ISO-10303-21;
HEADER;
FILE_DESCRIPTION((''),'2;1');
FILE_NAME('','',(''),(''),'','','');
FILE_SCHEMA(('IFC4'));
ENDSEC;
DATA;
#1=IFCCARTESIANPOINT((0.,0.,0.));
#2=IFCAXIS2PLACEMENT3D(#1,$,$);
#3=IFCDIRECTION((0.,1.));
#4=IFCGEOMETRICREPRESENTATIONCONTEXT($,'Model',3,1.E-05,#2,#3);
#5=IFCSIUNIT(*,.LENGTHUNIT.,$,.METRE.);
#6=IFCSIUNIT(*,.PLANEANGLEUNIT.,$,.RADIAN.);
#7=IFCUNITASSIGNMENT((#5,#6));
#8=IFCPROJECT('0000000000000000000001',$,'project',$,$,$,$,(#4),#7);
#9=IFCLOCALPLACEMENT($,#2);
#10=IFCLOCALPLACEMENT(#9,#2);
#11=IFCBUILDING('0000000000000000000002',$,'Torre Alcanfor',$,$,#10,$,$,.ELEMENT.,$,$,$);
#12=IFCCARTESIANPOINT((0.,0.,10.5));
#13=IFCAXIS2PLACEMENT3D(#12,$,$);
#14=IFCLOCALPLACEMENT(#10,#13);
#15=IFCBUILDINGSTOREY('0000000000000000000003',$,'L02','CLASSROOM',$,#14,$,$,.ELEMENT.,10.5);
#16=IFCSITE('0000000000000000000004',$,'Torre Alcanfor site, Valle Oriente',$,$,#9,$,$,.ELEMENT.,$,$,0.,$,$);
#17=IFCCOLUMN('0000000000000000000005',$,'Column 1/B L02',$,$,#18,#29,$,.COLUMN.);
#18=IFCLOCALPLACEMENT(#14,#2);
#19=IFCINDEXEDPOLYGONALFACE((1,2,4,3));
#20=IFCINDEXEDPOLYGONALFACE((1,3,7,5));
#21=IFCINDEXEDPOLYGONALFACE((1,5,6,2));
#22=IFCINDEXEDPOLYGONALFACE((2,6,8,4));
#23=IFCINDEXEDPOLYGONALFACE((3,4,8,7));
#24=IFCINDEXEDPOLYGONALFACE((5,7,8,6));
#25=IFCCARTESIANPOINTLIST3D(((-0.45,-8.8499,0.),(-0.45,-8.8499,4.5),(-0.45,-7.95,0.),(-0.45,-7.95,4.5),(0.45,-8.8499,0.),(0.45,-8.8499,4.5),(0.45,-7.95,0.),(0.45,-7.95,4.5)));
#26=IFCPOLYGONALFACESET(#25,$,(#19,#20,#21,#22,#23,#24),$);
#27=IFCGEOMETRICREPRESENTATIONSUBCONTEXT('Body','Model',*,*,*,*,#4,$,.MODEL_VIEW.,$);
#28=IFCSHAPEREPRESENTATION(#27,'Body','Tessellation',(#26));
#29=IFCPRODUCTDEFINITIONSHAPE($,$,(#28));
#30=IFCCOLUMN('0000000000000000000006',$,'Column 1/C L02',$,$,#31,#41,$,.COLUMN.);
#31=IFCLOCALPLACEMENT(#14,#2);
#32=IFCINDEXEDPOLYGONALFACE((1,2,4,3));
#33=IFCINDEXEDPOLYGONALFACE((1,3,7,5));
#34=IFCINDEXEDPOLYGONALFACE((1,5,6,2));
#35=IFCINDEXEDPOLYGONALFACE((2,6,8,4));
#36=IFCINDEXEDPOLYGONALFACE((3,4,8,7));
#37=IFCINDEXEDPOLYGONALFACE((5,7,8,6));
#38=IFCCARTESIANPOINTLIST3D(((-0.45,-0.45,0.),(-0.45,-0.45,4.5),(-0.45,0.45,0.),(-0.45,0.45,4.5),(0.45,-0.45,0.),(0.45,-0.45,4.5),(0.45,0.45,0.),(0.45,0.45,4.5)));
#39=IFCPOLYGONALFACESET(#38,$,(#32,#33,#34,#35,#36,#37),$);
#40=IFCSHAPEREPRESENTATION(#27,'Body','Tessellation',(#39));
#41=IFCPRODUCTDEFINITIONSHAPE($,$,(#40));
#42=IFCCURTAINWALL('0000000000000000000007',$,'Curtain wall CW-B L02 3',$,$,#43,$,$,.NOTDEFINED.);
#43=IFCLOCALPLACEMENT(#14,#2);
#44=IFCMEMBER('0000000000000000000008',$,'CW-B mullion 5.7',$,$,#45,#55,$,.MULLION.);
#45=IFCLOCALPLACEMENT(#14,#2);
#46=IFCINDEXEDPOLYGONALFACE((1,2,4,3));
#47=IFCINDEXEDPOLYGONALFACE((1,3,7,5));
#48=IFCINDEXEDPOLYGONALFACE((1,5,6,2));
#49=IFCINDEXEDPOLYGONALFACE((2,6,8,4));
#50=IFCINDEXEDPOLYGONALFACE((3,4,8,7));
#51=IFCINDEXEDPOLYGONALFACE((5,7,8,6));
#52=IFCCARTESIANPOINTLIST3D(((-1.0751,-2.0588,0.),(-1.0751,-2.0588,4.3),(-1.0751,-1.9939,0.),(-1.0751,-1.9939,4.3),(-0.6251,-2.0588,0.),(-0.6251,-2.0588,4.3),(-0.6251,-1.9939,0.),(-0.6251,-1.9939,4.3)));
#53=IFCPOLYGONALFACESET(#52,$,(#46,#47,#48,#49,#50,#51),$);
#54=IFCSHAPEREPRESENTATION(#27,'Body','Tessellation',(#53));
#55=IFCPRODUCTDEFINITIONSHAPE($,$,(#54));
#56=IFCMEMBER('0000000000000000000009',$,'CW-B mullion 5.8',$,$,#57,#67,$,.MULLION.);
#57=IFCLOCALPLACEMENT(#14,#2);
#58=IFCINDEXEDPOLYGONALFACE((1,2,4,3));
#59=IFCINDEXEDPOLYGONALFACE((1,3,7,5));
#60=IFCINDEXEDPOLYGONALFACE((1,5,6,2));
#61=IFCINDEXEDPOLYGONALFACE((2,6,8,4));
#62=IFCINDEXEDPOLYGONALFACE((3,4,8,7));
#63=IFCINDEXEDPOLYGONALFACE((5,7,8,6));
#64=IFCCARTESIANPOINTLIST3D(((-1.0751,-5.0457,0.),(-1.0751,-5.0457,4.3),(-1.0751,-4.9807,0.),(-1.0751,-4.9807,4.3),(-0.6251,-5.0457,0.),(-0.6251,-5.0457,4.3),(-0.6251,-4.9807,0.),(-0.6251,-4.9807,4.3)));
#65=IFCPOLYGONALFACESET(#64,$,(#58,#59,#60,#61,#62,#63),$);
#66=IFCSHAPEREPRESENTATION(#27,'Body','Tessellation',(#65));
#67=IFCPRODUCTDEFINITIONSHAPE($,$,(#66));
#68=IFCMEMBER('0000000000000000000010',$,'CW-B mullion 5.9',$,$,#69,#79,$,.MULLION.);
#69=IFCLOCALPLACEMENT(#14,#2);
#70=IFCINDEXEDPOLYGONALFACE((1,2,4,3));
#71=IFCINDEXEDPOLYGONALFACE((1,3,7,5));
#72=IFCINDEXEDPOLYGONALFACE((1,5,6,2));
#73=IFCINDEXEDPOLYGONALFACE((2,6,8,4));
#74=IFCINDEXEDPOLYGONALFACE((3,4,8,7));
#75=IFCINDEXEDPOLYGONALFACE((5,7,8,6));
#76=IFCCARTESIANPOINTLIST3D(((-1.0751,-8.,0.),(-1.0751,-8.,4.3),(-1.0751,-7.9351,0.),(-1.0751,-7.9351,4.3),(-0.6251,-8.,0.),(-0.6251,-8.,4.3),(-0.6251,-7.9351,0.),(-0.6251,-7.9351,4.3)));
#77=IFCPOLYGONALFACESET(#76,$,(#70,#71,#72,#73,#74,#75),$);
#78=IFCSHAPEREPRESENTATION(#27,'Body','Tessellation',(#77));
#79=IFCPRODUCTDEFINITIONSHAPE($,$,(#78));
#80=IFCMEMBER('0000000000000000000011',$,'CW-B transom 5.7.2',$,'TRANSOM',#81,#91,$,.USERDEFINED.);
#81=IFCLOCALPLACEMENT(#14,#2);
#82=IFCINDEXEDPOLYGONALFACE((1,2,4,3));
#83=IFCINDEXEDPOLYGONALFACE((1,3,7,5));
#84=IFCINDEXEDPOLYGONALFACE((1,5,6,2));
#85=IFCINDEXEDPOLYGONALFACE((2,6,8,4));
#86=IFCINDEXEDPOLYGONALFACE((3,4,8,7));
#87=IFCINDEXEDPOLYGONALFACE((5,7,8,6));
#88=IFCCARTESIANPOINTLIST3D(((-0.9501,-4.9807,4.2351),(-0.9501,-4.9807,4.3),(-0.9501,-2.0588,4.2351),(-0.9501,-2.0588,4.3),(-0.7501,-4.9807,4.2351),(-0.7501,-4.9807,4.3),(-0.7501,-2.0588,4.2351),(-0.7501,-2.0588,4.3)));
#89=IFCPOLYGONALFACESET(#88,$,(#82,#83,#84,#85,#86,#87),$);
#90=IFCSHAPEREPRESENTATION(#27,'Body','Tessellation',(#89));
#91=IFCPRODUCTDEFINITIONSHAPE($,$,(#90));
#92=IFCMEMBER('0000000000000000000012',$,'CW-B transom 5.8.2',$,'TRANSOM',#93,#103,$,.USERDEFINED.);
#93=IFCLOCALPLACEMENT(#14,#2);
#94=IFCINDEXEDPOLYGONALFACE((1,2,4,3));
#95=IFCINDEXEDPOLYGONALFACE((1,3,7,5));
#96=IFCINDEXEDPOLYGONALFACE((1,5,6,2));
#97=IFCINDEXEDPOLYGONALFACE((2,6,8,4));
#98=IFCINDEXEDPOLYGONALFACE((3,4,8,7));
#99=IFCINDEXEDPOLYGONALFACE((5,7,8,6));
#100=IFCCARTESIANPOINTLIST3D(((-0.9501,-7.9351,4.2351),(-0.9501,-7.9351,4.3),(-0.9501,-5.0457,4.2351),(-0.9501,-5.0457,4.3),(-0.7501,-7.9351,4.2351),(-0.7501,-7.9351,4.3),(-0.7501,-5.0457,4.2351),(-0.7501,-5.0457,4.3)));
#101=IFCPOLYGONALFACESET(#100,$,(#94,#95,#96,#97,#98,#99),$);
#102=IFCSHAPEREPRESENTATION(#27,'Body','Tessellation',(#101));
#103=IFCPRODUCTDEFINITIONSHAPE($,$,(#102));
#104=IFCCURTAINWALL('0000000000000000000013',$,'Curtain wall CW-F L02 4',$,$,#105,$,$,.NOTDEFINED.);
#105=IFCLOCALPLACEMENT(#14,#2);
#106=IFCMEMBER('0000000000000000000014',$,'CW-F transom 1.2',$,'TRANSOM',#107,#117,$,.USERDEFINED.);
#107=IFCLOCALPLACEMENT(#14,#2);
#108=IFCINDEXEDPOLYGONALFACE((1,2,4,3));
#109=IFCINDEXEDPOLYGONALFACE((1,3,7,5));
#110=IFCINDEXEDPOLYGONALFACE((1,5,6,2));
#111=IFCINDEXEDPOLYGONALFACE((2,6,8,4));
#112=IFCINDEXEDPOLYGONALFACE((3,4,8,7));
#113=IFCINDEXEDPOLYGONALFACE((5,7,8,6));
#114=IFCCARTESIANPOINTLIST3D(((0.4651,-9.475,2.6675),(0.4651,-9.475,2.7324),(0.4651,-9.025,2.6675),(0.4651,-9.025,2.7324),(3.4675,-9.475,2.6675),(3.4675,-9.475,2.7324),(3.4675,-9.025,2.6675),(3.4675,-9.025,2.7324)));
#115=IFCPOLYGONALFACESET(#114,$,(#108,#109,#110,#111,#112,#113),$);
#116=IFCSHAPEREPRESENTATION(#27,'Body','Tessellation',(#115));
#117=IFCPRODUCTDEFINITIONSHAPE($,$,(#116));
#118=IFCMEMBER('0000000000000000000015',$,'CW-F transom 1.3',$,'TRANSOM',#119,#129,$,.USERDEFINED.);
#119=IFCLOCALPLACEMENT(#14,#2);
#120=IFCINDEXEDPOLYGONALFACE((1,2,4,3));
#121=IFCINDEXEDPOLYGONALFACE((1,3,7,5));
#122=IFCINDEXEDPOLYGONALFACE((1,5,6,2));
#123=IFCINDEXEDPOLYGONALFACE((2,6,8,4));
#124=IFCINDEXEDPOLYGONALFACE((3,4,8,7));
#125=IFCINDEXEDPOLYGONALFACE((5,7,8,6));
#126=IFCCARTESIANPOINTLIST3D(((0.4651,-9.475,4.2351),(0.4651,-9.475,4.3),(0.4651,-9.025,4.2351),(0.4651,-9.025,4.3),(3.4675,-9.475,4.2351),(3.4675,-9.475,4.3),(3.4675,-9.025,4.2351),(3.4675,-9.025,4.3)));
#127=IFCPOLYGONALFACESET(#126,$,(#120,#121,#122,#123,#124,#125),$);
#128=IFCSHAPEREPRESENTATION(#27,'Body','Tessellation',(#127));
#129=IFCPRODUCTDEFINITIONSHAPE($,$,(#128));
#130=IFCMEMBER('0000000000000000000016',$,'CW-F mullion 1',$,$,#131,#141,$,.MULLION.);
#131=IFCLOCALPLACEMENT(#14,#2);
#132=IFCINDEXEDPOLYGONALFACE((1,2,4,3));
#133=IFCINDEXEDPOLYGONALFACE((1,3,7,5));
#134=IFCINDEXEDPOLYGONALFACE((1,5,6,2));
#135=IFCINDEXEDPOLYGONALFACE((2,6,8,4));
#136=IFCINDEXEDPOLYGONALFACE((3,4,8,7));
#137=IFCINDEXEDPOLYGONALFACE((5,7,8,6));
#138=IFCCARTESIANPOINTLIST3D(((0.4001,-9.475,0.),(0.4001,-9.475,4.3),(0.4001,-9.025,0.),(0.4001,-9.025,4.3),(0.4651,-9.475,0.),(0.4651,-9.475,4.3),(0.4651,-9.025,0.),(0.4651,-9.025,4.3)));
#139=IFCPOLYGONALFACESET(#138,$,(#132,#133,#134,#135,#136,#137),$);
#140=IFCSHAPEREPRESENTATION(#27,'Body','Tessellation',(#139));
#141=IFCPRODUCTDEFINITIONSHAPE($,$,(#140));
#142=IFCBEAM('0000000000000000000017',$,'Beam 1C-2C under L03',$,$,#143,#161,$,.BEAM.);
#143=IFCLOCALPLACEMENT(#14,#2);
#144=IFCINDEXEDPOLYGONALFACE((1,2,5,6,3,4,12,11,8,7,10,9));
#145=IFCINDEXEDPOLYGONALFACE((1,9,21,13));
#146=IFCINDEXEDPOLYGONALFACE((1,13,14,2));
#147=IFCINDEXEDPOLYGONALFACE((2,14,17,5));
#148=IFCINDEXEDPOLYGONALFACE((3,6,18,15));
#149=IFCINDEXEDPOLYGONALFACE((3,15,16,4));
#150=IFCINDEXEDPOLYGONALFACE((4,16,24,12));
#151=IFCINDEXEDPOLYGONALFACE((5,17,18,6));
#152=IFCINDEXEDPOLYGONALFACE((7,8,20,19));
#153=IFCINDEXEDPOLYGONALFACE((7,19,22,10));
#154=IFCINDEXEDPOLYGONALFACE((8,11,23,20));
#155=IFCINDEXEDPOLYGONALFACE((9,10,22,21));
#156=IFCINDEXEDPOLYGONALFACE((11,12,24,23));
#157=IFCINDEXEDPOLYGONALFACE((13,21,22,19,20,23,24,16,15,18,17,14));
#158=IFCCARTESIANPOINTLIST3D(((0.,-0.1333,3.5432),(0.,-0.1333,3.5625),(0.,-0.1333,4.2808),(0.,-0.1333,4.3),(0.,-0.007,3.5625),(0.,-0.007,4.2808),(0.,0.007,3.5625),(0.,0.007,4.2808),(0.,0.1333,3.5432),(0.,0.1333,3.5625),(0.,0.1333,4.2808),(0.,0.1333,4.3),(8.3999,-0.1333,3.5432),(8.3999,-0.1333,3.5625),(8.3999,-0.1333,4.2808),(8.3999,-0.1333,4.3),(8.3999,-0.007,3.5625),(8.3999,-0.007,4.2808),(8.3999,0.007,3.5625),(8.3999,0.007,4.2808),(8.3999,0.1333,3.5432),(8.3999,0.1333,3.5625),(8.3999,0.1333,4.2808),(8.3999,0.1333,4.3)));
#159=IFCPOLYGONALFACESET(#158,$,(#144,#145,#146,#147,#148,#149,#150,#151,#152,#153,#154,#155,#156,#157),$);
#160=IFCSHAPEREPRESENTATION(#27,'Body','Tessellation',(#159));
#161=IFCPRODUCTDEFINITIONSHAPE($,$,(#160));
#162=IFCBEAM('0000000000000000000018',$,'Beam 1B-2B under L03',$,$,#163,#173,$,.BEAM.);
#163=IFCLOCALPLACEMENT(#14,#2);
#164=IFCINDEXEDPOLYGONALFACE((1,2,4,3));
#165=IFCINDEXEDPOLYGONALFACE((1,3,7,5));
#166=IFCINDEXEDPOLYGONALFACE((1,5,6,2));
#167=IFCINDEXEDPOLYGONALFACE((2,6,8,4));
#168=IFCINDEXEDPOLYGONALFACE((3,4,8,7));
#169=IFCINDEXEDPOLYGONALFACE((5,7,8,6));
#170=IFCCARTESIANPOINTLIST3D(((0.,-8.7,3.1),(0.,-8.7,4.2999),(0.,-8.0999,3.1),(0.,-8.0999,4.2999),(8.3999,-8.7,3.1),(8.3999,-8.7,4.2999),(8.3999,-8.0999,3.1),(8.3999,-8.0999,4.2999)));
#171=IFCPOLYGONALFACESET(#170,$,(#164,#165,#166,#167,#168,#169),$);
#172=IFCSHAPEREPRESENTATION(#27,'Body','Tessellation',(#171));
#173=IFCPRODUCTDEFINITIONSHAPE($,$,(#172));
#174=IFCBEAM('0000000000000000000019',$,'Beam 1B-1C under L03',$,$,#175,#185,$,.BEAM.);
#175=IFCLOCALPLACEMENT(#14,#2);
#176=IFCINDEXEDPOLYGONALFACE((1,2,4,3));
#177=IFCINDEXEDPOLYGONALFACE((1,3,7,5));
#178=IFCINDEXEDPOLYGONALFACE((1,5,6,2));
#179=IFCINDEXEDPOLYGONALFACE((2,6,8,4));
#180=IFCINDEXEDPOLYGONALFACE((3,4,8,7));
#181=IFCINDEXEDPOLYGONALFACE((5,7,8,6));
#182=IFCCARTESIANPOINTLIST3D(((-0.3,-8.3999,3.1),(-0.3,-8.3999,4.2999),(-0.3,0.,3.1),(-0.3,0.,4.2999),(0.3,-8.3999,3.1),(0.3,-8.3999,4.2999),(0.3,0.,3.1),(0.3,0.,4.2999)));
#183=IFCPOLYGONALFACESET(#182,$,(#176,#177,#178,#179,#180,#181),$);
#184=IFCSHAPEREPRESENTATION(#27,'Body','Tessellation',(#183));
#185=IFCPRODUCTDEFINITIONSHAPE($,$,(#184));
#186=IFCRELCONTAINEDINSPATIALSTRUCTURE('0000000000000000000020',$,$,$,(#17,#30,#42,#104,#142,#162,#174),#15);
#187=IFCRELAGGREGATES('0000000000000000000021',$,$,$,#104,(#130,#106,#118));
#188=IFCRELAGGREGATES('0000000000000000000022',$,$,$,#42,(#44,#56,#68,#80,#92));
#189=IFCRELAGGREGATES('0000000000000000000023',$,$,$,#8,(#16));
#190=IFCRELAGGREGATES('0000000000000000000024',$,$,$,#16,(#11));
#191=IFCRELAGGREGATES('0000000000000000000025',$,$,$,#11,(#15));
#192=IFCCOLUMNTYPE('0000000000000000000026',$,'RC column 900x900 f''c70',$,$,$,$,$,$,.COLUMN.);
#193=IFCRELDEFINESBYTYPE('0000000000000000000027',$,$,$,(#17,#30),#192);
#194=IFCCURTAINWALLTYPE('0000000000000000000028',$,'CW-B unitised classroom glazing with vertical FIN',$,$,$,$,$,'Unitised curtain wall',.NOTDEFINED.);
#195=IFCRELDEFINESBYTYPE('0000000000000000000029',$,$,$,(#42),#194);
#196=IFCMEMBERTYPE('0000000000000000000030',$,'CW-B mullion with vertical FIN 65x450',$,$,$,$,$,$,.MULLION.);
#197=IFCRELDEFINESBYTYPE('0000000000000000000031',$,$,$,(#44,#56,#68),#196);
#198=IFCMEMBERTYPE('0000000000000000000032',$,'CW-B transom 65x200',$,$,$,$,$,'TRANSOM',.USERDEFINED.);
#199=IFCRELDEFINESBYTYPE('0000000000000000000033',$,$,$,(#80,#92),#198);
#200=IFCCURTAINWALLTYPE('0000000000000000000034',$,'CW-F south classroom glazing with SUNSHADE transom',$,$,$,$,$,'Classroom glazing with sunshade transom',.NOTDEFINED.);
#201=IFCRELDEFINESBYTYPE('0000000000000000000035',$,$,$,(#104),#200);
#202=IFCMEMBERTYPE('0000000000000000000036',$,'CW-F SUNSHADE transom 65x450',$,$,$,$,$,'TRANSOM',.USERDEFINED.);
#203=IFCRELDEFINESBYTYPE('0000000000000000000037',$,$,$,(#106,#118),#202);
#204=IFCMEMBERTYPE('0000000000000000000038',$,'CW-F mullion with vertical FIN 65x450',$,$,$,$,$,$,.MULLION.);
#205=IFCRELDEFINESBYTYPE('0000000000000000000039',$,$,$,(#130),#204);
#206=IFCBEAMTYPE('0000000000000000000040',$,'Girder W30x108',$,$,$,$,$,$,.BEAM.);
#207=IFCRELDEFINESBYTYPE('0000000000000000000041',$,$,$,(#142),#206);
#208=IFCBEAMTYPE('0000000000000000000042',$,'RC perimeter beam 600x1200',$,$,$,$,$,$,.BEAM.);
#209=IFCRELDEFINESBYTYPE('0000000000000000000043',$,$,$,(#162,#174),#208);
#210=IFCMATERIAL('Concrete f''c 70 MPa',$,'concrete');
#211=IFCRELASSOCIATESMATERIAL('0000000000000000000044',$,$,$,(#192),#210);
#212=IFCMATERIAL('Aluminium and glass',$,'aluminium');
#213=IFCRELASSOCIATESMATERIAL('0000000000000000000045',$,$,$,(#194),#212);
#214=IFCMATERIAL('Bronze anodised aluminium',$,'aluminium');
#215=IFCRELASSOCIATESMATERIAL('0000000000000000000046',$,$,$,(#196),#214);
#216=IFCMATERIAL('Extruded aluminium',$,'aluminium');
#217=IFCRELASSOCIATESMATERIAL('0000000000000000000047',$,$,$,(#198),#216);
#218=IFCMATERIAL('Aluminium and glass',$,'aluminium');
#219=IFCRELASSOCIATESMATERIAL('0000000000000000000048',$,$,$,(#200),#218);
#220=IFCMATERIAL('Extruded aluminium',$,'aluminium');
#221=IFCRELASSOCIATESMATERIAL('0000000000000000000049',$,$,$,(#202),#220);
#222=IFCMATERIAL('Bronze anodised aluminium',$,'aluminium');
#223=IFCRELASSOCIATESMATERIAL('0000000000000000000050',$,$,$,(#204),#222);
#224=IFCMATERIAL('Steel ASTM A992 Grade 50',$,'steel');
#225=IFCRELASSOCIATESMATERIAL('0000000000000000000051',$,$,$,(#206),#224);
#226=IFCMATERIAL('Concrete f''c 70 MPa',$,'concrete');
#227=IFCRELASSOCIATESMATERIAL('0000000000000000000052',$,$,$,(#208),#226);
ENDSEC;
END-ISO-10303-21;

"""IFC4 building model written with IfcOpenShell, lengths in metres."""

from ifc_helpers import new_model, si_unit, direction, frame, origin, origin_2d, place, context, subcontext, project, spatial, rectangle, i_section, extrude, material, material_profile, profile_set, type_object, element, aggregate, save


model = new_model("IFC4")

# Units and contexts
model_context = context("Model", 3, precision=1e-05, world=origin(), true_north=direction((0.0, 1.0)))
body_context = subcontext(model_context, "Body", "Model", "MODEL_VIEW")
ifc_project = project(units=[si_unit("LENGTHUNIT", "METRE"), si_unit("PLANEANGLEUNIT", "RADIAN")], contexts=[model_context])

# Site, building, storey
site_placement = place(None, origin())
site = spatial("IfcSite", under=ifc_project, at=site_placement, Name="Torre Alcanfor site, Valle Oriente", CompositionType="ELEMENT", RefElevation=0.0)
building_placement = place(site_placement, origin())
building = spatial("IfcBuilding", under=site, at=building_placement, Name="Torre Alcanfor", CompositionType="ELEMENT")
storey_placement = place(building_placement, frame((0.0, 0.0, 10.5)))
storey = spatial("IfcBuildingStorey", under=building, at=storey_placement, Name="L02", Description="CLASSROOM", CompositionType="ELEMENT", Elevation=10.5)

# Columns
ifc_material_1 = material(Name="Concrete f'c 70 MPa", Category="concrete")
ifc_material_profile_1 = material_profile(ifc_material_1, rectangle(XDim=0.8999, YDim=0.8999, at=origin_2d()), Name="900x900")
ifc_profile_set_1 = profile_set([ifc_material_profile_1], Name="Concrete f'c 70 MPa")
column_type = type_object("IfcColumnType", Name="RC column 900x900 f'c70", PredefinedType="COLUMN", material=ifc_profile_set_1)
for number, where, z_axis, x_axis, name in (
    (1, (0.0, -8.3999, 0.0), (0.0, 0.0, 1.0), (1.0, 0.0, 0.0), "Column 1/B L02"),
    (2, (0.0, 0.0, 0.0), (0.0, 0.0, 1.0), (1.0, 0.0, 0.0), "Column 1/C L02"),
):
    element("IfcColumn", number, at=place(storey_placement, frame(where, z_axis=z_axis, x_axis=x_axis)), inside=storey, type_object=column_type, Name=name, PredefinedType="COLUMN", context=body_context, shape_type="SweptSolid", body=[
        extrude(rectangle(XDim=0.8999, YDim=0.8999, at=origin_2d()), origin(), (0.0, 0.0, 1.0), 4.5),
    ])

# Curtain walls, members
ifc_material_2 = material(Name="Aluminium and glass", Category="aluminium")
curtain_wall_type_1 = type_object("IfcCurtainWallType", Name="CW-B unitised classroom glazing with vertical FIN", ElementType="Unitised curtain wall", PredefinedType="NOTDEFINED", material=ifc_material_2)
curtain_wall_1_placement = place(storey_placement, origin())
curtain_wall_1 = element("IfcCurtainWall", 3, at=curtain_wall_1_placement, inside=storey, type_object=curtain_wall_type_1, Name="Curtain wall CW-B L02 3", PredefinedType="NOTDEFINED")
ifc_material_3 = material(Name="Bronze anodised aluminium", Category="aluminium")
ifc_material_profile_2 = material_profile(ifc_material_3, rectangle(XDim=0.45, YDim=0.0649, at=origin_2d()), Name="CW-B mullion 65x450")
ifc_profile_set_2 = profile_set([ifc_material_profile_2], Name="Bronze anodised aluminium")
member_type_1 = type_object("IfcMemberType", Name="CW-B mullion with vertical FIN 65x450", PredefinedType="MULLION", material=ifc_profile_set_2)
member_1_placement = place(storey_placement, frame((-0.8501, -2.0264, 0.0), z_axis=(0.0, 0.0, 1.0), x_axis=(1.0, 0.0, 0.0)))
member_1 = element("IfcMember", 4, at=member_1_placement, type_object=member_type_1, Name="CW-B mullion 5.7", PredefinedType="MULLION", context=body_context, shape_type="SweptSolid", body=[
    extrude(rectangle(XDim=0.45, YDim=0.0649, at=origin_2d()), origin(), (0.0, 0.0, 1.0), 4.3),
])
member_2_placement = place(storey_placement, frame((-0.8501, -5.0132, 0.0), z_axis=(0.0, 0.0, 1.0), x_axis=(1.0, 0.0, 0.0)))
member_2 = element("IfcMember", 5, at=member_2_placement, type_object=member_type_1, Name="CW-B mullion 5.8", PredefinedType="MULLION", context=body_context, shape_type="SweptSolid", body=[
    extrude(rectangle(XDim=0.45, YDim=0.0649, at=origin_2d()), origin(), (0.0, 0.0, 1.0), 4.3),
])
member_3_placement = place(storey_placement, frame((-0.8501, -7.9675, 0.0), z_axis=(0.0, 0.0, 1.0), x_axis=(1.0, 0.0, 0.0)))
member_3 = element("IfcMember", 6, at=member_3_placement, type_object=member_type_1, Name="CW-B mullion 5.9", PredefinedType="MULLION", context=body_context, shape_type="SweptSolid", body=[
    extrude(rectangle(XDim=0.45, YDim=0.0649, at=origin_2d()), origin(), (0.0, 0.0, 1.0), 4.3),
])
ifc_material_4 = material(Name="Extruded aluminium", Category="aluminium")
ifc_material_profile_3 = material_profile(ifc_material_4, rectangle(XDim=0.2, YDim=0.0649, at=origin_2d()), Name="CW-B transom 200x65")
ifc_profile_set_3 = profile_set([ifc_material_profile_3], Name="Extruded aluminium")
member_type_2 = type_object("IfcMemberType", Name="CW-B transom 65x200", ElementType="TRANSOM", PredefinedType="USERDEFINED", material=ifc_profile_set_3)
member_4_placement = place(storey_placement, frame((-0.8501, -2.0588, 4.2676), z_axis=(0.0, -1.0, 0.0), x_axis=(1.0, 0.0, 0.0)))
member_4 = element("IfcMember", 7, at=member_4_placement, type_object=member_type_2, Name="CW-B transom 5.7.2", ObjectType="TRANSOM", PredefinedType="USERDEFINED", context=body_context, shape_type="SweptSolid", body=[
    extrude(rectangle(XDim=0.2, YDim=0.0649, at=origin_2d()), origin(), (0.0, 0.0, 1.0), 2.9219),
])
member_5_placement = place(storey_placement, frame((-0.8501, -5.0457, 4.2676), z_axis=(0.0, -1.0, 0.0), x_axis=(1.0, 0.0, 0.0)))
member_5 = element("IfcMember", 8, at=member_5_placement, type_object=member_type_2, Name="CW-B transom 5.8.2", ObjectType="TRANSOM", PredefinedType="USERDEFINED", context=body_context, shape_type="SweptSolid", body=[
    extrude(rectangle(XDim=0.2, YDim=0.0649, at=origin_2d()), origin(), (0.0, 0.0, 1.0), 2.8894),
])
ifc_material_5 = material(Name="Aluminium and glass", Category="aluminium")
curtain_wall_type_2 = type_object("IfcCurtainWallType", Name="CW-F south classroom glazing with SUNSHADE transom", ElementType="Classroom glazing with sunshade transom", PredefinedType="NOTDEFINED", material=ifc_material_5)
curtain_wall_2_placement = place(storey_placement, origin())
curtain_wall_2 = element("IfcCurtainWall", 9, at=curtain_wall_2_placement, inside=storey, type_object=curtain_wall_type_2, Name="Curtain wall CW-F L02 4", PredefinedType="NOTDEFINED")
ifc_material_6 = material(Name="Extruded aluminium", Category="aluminium")
ifc_material_profile_4 = material_profile(ifc_material_6, rectangle(XDim=0.45, YDim=0.0649, at=origin_2d()), Name="CW-F transom 450x65")
ifc_profile_set_4 = profile_set([ifc_material_profile_4], Name="Extruded aluminium")
member_type_3 = type_object("IfcMemberType", Name="CW-F SUNSHADE transom 65x450", ElementType="TRANSOM", PredefinedType="USERDEFINED", material=ifc_profile_set_4)
member_6_placement = place(storey_placement, frame((0.4651, -9.25, 2.7), z_axis=(1.0, 0.0, 0.0), x_axis=(0.0, 1.0, 0.0)))
member_6 = element("IfcMember", 10, at=member_6_placement, type_object=member_type_3, Name="CW-F transom 1.2", ObjectType="TRANSOM", PredefinedType="USERDEFINED", context=body_context, shape_type="SweptSolid", body=[
    extrude(rectangle(XDim=0.45, YDim=0.0649, at=origin_2d()), origin(), (0.0, 0.0, 1.0), 3.0024),
])
member_7_placement = place(storey_placement, frame((0.4651, -9.25, 4.2676), z_axis=(1.0, 0.0, 0.0), x_axis=(0.0, 1.0, 0.0)))
member_7 = element("IfcMember", 11, at=member_7_placement, type_object=member_type_3, Name="CW-F transom 1.3", ObjectType="TRANSOM", PredefinedType="USERDEFINED", context=body_context, shape_type="SweptSolid", body=[
    extrude(rectangle(XDim=0.45, YDim=0.0649, at=origin_2d()), origin(), (0.0, 0.0, 1.0), 3.0024),
])
ifc_material_7 = material(Name="Bronze anodised aluminium", Category="aluminium")
ifc_material_profile_5 = material_profile(ifc_material_7, rectangle(XDim=0.45, YDim=0.0649, at=origin_2d()), Name="CW-F mullion 65x450")
ifc_profile_set_5 = profile_set([ifc_material_profile_5], Name="Bronze anodised aluminium")
member_type_4 = type_object("IfcMemberType", Name="CW-F mullion with vertical FIN 65x450", PredefinedType="MULLION", material=ifc_profile_set_5)
member_8_placement = place(storey_placement, frame((0.4326, -9.25, 0.0), z_axis=(0.0, 0.0, 1.0), x_axis=(0.0, 1.0, 0.0)))
member_8 = element("IfcMember", 12, at=member_8_placement, type_object=member_type_4, Name="CW-F mullion 1", PredefinedType="MULLION", context=body_context, shape_type="SweptSolid", body=[
    extrude(rectangle(XDim=0.45, YDim=0.0649, at=origin_2d()), origin(), (0.0, 0.0, 1.0), 4.3),
])
aggregate(curtain_wall_2, [member_8, member_6, member_7])

# Beams
ifc_material_8 = material(Name="Steel ASTM A992 Grade 50", Category="steel")
ifc_material_profile_6 = material_profile(ifc_material_8, i_section(OverallWidth=0.2666, OverallDepth=0.7568, WebThickness=0.0139, FlangeThickness=0.0193, at=origin_2d()), Name="W30x108")
ifc_profile_set_6 = profile_set([ifc_material_profile_6], Name="Steel ASTM A992 Grade 50")
beam_type_1 = type_object("IfcBeamType", Name="Girder W30x108", PredefinedType="BEAM", material=ifc_profile_set_6)
beam_placement = place(storey_placement, frame((0.0, 0.0, 3.9216), z_axis=(1.0, 0.0, 0.0), x_axis=(0.0, 1.0, 0.0)))
element("IfcBeam", 13, at=beam_placement, inside=storey, type_object=beam_type_1, Name="Beam 1C-2C under L03", PredefinedType="BEAM", context=body_context, shape_type="SweptSolid", body=[
    extrude(i_section(OverallWidth=0.2666, OverallDepth=0.7568, WebThickness=0.0139, FlangeThickness=0.0193, at=origin_2d()), origin(), (0.0, 0.0, 1.0), 8.3999),
])
ifc_material_9 = material(Name="Concrete f'c 70 MPa", Category="concrete")
ifc_material_profile_7 = material_profile(ifc_material_9, rectangle(XDim=0.6001, YDim=1.2, at=origin_2d()), Name="600x1200")
ifc_profile_set_7 = profile_set([ifc_material_profile_7], Name="Concrete f'c 70 MPa")
beam_type_2 = type_object("IfcBeamType", Name="RC perimeter beam 600x1200", PredefinedType="BEAM", material=ifc_profile_set_7)
for number, where, z_axis, x_axis, name in (
    (14, (0.0, -8.3999, 3.7), (1.0, 0.0, 0.0), (0.0, 1.0, 0.0), "Beam 1B-2B under L03"),
    (15, (0.0, -8.3999, 3.7), (0.0, 1.0, 0.0), (-1.0, 0.0, 0.0), "Beam 1B-1C under L03"),
):
    element("IfcBeam", number, at=place(storey_placement, frame(where, z_axis=z_axis, x_axis=x_axis)), inside=storey, type_object=beam_type_2, Name=name, PredefinedType="BEAM", context=body_context, shape_type="SweptSolid", body=[
        extrude(rectangle(XDim=0.6001, YDim=1.2, at=origin_2d()), origin(), (0.0, 0.0, 1.0), 8.3999),
    ])

aggregate(curtain_wall_1, [member_1, member_2, member_3, member_4, member_5])

save(model, "model.ifc")
